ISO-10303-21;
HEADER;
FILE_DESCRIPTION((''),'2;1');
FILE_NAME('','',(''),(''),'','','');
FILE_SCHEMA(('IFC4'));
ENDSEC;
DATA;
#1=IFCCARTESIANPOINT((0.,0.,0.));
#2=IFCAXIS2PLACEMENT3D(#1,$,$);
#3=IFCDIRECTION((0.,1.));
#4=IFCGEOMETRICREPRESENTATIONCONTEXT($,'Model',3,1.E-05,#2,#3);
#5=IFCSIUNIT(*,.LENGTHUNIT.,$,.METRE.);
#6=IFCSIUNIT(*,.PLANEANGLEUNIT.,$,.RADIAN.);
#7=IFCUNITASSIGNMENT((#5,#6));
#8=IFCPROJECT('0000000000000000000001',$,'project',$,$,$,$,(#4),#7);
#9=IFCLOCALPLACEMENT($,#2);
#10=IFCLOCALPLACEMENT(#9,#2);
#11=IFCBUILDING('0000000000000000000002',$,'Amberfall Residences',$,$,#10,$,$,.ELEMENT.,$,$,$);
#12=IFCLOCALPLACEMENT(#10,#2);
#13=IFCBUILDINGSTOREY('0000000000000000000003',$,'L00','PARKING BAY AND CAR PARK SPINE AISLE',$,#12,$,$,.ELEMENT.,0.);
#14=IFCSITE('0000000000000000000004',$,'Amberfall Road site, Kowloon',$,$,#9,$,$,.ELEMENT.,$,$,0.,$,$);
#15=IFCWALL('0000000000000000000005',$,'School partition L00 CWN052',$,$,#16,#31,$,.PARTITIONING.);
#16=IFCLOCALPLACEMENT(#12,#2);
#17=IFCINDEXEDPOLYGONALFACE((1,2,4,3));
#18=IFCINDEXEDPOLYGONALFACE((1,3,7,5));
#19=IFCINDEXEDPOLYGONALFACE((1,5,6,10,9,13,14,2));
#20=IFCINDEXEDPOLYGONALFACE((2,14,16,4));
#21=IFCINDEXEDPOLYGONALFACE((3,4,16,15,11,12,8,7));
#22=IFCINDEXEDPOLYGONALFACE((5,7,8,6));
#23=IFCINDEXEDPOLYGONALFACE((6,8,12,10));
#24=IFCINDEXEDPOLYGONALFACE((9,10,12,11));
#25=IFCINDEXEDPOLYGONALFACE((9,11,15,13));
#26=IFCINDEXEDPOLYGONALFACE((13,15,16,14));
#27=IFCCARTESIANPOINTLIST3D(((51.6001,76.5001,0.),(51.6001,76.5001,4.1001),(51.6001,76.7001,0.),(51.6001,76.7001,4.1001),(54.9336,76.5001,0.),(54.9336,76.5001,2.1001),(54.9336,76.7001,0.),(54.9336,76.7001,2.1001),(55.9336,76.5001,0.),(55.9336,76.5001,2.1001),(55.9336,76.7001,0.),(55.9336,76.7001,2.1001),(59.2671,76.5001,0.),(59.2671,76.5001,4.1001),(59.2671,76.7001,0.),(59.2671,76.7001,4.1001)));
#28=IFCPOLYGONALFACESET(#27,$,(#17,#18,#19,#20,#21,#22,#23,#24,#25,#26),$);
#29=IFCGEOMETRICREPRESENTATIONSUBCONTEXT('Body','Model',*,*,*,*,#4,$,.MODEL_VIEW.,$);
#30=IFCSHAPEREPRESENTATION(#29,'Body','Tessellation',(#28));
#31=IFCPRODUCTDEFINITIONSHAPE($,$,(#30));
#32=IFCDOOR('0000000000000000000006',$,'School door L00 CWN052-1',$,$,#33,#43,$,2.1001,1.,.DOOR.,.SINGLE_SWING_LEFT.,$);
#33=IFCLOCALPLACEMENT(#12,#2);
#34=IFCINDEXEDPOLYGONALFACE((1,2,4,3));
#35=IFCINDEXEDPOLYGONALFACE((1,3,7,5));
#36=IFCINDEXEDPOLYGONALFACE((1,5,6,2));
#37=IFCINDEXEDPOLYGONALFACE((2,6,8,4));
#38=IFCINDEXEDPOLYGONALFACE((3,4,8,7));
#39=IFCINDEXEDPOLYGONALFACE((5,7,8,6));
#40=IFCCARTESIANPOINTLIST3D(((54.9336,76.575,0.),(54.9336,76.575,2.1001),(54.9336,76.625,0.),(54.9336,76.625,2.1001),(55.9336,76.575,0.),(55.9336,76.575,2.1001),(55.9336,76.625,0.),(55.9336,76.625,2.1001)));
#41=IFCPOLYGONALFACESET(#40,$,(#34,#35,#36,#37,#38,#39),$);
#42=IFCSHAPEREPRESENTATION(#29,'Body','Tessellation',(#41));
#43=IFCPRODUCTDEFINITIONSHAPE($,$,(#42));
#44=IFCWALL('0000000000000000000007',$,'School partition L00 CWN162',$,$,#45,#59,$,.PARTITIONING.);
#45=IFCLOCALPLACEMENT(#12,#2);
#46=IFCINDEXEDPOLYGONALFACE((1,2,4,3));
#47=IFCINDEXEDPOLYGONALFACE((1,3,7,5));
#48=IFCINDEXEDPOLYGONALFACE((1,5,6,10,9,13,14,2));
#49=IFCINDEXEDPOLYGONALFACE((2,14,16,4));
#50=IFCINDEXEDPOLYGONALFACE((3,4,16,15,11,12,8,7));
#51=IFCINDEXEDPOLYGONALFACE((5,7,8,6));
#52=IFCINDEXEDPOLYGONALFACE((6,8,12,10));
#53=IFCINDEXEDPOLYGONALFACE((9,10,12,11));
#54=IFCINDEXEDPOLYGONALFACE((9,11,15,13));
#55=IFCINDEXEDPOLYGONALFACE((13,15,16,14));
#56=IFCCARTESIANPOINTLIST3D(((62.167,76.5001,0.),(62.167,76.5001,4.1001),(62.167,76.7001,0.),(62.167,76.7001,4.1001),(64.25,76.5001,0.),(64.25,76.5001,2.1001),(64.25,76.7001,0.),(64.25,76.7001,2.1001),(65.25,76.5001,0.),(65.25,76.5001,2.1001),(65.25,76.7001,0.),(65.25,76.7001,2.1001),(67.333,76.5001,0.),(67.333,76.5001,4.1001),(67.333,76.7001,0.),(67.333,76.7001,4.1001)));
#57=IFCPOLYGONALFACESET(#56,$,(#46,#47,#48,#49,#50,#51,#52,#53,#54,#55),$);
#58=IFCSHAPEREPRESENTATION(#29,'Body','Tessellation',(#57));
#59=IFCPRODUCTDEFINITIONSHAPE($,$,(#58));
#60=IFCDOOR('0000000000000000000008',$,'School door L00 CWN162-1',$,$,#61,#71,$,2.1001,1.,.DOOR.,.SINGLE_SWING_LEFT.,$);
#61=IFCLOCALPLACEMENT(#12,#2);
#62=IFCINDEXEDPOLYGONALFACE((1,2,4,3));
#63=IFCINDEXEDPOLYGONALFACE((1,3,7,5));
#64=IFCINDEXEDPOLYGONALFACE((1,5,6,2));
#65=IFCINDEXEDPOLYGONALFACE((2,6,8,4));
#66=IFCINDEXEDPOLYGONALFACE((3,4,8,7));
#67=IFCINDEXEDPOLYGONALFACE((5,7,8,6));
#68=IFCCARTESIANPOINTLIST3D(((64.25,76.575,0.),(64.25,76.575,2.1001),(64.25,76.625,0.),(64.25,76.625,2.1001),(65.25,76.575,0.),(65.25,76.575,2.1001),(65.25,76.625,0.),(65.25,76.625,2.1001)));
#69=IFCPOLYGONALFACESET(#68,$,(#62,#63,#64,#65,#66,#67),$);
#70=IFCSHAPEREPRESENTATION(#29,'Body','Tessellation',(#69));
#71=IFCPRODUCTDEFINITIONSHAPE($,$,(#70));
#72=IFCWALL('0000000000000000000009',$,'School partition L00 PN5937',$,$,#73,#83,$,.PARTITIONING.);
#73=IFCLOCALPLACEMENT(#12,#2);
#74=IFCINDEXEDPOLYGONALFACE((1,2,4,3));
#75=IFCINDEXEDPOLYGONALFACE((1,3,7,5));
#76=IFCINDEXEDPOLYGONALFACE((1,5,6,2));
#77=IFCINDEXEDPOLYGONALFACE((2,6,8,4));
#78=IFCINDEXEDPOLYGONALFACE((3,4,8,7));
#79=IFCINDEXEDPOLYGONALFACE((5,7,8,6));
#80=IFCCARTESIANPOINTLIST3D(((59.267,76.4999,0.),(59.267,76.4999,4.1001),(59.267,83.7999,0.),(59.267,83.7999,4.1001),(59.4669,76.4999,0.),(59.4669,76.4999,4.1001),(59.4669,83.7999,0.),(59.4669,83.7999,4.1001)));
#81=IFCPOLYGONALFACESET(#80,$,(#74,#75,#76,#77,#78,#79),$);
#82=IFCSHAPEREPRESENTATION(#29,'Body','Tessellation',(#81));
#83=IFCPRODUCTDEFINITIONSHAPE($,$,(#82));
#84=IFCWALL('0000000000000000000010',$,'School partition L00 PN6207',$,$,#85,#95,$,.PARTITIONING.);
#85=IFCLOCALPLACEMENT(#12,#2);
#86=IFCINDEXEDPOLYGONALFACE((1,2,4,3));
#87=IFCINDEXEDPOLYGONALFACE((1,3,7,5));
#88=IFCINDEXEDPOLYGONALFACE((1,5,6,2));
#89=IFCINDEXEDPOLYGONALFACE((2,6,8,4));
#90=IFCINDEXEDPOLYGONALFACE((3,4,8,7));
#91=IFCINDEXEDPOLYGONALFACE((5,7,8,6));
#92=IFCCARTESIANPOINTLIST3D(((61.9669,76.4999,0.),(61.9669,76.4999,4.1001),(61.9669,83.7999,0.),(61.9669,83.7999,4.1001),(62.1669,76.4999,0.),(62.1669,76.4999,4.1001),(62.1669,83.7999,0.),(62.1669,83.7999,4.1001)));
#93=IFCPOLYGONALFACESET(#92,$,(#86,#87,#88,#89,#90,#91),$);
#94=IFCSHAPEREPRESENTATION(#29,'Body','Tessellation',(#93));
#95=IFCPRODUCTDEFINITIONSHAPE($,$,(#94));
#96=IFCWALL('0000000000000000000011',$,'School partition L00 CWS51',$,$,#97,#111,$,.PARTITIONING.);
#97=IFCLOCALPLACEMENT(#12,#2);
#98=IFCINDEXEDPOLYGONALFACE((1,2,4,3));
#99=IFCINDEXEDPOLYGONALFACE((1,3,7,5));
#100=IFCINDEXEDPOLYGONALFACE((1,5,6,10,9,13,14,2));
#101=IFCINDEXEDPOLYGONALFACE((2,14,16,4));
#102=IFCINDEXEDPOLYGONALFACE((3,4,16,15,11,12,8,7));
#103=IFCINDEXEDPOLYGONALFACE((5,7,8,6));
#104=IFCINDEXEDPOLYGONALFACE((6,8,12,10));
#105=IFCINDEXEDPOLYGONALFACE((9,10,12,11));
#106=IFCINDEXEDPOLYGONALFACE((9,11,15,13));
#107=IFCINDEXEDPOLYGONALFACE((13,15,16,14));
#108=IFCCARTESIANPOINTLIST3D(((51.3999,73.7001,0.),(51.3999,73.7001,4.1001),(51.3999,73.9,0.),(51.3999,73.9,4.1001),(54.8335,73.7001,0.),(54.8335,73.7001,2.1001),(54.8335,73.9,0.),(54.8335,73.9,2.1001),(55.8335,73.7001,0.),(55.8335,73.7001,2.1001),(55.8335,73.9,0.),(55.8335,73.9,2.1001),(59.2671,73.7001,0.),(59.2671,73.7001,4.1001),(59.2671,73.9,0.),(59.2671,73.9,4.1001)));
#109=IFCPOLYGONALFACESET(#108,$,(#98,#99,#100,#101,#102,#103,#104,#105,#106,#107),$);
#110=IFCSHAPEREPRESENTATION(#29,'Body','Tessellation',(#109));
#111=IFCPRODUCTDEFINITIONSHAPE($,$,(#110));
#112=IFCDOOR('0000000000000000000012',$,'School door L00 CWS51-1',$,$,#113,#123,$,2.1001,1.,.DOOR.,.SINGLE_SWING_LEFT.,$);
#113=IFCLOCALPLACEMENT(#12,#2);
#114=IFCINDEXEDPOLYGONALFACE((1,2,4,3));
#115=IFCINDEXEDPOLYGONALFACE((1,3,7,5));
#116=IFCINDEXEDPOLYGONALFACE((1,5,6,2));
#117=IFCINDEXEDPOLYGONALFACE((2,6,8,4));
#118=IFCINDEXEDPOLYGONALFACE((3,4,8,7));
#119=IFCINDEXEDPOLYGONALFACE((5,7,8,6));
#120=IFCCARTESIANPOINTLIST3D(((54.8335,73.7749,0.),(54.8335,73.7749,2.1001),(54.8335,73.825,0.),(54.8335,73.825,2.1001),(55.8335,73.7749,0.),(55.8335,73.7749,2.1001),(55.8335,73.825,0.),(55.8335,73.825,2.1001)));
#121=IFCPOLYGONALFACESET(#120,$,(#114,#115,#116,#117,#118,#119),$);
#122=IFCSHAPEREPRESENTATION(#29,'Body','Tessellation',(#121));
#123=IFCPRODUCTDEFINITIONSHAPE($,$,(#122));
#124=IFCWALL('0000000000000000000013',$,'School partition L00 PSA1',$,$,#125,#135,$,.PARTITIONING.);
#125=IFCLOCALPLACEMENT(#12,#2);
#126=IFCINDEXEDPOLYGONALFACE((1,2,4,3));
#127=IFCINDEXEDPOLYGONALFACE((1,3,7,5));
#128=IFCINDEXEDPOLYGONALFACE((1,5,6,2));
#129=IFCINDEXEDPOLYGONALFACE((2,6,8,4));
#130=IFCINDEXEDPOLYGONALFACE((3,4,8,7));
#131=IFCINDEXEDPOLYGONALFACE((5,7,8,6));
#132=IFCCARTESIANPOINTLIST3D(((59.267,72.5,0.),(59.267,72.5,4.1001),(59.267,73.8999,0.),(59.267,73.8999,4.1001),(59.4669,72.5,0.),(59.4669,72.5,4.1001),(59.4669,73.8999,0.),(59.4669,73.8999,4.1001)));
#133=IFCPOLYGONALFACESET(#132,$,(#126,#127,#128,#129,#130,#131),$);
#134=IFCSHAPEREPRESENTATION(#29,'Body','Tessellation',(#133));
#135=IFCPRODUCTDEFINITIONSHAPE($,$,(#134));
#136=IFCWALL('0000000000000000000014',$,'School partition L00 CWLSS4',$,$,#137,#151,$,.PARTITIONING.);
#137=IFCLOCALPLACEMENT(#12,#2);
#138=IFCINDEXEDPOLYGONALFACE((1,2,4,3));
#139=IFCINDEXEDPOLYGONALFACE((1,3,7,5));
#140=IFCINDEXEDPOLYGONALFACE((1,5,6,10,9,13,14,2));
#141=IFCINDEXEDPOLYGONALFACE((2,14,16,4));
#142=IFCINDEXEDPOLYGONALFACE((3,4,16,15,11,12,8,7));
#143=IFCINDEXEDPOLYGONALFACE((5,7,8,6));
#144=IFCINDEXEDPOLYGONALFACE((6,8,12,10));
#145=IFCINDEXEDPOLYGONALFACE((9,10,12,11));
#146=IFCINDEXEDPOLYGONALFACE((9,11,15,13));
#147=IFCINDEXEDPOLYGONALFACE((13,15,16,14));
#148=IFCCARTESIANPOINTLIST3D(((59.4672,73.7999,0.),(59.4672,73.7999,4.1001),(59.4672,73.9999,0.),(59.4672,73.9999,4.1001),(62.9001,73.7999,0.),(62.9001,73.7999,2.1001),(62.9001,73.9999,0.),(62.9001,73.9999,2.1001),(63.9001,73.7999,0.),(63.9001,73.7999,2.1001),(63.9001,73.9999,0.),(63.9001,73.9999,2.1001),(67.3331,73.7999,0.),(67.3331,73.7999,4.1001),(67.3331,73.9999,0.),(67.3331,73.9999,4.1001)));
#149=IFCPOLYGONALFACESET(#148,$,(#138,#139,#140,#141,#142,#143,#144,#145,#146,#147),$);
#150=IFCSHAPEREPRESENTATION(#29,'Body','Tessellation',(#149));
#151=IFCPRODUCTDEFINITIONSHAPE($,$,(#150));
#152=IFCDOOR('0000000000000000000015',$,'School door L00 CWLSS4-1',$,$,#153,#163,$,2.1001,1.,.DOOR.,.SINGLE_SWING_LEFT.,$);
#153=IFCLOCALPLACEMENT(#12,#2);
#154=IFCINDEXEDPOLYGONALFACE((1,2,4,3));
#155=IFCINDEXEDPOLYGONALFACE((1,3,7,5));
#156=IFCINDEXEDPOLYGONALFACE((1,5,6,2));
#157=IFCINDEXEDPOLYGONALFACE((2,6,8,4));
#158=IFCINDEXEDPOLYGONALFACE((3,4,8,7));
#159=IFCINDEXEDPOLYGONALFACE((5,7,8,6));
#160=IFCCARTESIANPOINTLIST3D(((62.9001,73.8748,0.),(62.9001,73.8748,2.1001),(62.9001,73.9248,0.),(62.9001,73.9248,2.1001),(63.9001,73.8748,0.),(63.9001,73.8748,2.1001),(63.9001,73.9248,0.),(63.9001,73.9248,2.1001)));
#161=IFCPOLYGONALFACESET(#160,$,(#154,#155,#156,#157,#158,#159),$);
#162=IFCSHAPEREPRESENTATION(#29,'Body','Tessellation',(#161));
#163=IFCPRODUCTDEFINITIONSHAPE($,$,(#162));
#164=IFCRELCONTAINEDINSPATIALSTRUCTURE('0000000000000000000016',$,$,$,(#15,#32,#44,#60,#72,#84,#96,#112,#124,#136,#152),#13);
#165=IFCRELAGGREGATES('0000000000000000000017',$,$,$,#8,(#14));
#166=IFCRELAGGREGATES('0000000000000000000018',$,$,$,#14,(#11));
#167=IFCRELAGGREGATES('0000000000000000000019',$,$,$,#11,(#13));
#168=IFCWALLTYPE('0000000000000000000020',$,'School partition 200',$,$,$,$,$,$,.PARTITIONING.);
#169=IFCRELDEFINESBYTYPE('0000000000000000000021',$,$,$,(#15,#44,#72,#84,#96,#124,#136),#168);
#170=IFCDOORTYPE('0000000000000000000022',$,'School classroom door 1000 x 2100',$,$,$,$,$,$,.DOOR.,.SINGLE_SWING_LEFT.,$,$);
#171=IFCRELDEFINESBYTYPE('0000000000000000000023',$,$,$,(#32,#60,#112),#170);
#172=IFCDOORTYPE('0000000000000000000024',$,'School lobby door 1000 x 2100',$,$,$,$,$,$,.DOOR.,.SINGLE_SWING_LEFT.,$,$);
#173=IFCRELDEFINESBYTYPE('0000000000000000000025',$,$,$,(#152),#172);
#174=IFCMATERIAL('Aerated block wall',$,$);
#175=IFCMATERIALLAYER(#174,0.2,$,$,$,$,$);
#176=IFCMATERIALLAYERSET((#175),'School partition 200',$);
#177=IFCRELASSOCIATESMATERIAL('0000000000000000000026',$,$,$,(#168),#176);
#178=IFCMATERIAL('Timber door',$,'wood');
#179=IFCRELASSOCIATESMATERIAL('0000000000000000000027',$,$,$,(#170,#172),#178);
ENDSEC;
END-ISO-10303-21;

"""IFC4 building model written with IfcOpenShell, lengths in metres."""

from ifc_helpers import new_model, si_unit, direction, frame, frame_2d, origin, place, context, subcontext, project, spatial, rectangle, extrude, material, layer, layer_set, type_object, element, fill, save


model = new_model("IFC4")

# Units and contexts
model_context = context("Model", 3, precision=1e-05, world=origin(), true_north=direction((0.0, 1.0)))
body_context = subcontext(model_context, "Body", "Model", "MODEL_VIEW")
ifc_project = project(units=[si_unit("LENGTHUNIT", "METRE"), si_unit("PLANEANGLEUNIT", "RADIAN")], contexts=[model_context])

# Site, building, storey
site_placement = place(None, origin())
site = spatial("IfcSite", under=ifc_project, at=site_placement, Name="Amberfall Road site, Kowloon", CompositionType="ELEMENT", RefElevation=0.0)
building_placement = place(site_placement, origin())
building = spatial("IfcBuilding", under=site, at=building_placement, Name="Amberfall Residences", CompositionType="ELEMENT")
storey_placement = place(building_placement, origin())
storey = spatial("IfcBuildingStorey", under=building, at=storey_placement, Name="L00", Description="PARKING BAY AND CAR PARK SPINE AISLE", CompositionType="ELEMENT", Elevation=0.0)

# Shared definitions
ifc_material_1 = material(Name="Aerated block wall")

# Shared definitions
ifc_material_2 = material(Name="Timber door", Category="wood")

# Shared definitions
ifc_layer_1 = layer(ifc_material_1, 0.2)
ifc_layer_set_1 = layer_set([ifc_layer_1], Name="School partition 200")
wall_type_1 = type_object("IfcWallType", Name="School partition 200", PredefinedType="PARTITIONING", material=ifc_layer_set_1)

# Walls, openings, doors
wall_1_placement = place(storey_placement, frame((51.6001, 76.6001, 0.0), z_axis=(0.0, 0.0, 1.0), x_axis=(1.0, 0.0, 0.0)))
wall_1 = element("IfcWall", 1, at=wall_1_placement, inside=storey, type_object=wall_type_1, Name="School partition L00 CWN052", PredefinedType="PARTITIONING", context=body_context, shape_type="SweptSolid", body=[
    extrude(rectangle(XDim=7.667, YDim=0.2, at=frame_2d((3.8335, 0.0))), origin(), (0.0, 0.0, 1.0), 4.1001),
])
opening_1_placement = place(wall_1_placement, frame((3.3335, 0.0, 0.0)))
opening_1 = element("IfcOpeningElement", 2, at=opening_1_placement, cuts=wall_1, PredefinedType="OPENING", context=body_context, shape_type="SweptSolid", body=[
    extrude(rectangle(XDim=1.0, YDim=2.1001, at=frame_2d((0.5, 1.05))), frame((0.0, 0.1099, 0.0), z_axis=(0.0, -1.0, 0.0), x_axis=(1.0, 0.0, 0.0)), (0.0, 0.0, 1.0), 0.22),
])
door_type_1 = type_object("IfcDoorType", Name="School classroom door 1000 x 2100", OperationType="SINGLE_SWING_LEFT", PredefinedType="DOOR", material=ifc_material_2)
door_1_placement = place(opening_1_placement, origin())
door_1 = element("IfcDoor", 3, at=door_1_placement, inside=storey, type_object=door_type_1, Name="School door L00 CWN052-1", OperationType="SINGLE_SWING_LEFT", OverallHeight=2.1001, OverallWidth=1.0, PredefinedType="DOOR", context=body_context, shape_type="SweptSolid", body=[
    extrude(rectangle(XDim=1.0, YDim=2.1001, at=frame_2d((0.5, 1.05))), frame((0.0, 0.0249, 0.0), z_axis=(0.0, -1.0, 0.0), x_axis=(1.0, 0.0, 0.0)), (0.0, 0.0, 1.0), 0.05),
])
fill(opening_1, door_1)
wall_2_placement = place(storey_placement, frame((62.167, 76.6001, 0.0), z_axis=(0.0, 0.0, 1.0), x_axis=(1.0, 0.0, 0.0)))
wall_2 = element("IfcWall", 4, at=wall_2_placement, inside=storey, type_object=wall_type_1, Name="School partition L00 CWN162", PredefinedType="PARTITIONING", context=body_context, shape_type="SweptSolid", body=[
    extrude(rectangle(XDim=5.166, YDim=0.2, at=frame_2d((2.583, 0.0))), origin(), (0.0, 0.0, 1.0), 4.1001),
])
opening_2_placement = place(wall_2_placement, frame((2.083, 0.0, 0.0)))
opening_2 = element("IfcOpeningElement", 5, at=opening_2_placement, cuts=wall_2, PredefinedType="OPENING", context=body_context, shape_type="SweptSolid", body=[
    extrude(rectangle(XDim=1.0, YDim=2.1001, at=frame_2d((0.5, 1.05))), frame((0.0, 0.1099, 0.0), z_axis=(0.0, -1.0, 0.0), x_axis=(1.0, 0.0, 0.0)), (0.0, 0.0, 1.0), 0.22),
])
door_2_placement = place(opening_2_placement, origin())
door_2 = element("IfcDoor", 6, at=door_2_placement, inside=storey, type_object=door_type_1, Name="School door L00 CWN162-1", OperationType="SINGLE_SWING_LEFT", OverallHeight=2.1001, OverallWidth=1.0, PredefinedType="DOOR", context=body_context, shape_type="SweptSolid", body=[
    extrude(rectangle(XDim=1.0, YDim=2.1001, at=frame_2d((0.5, 1.05))), frame((0.0, 0.0249, 0.0), z_axis=(0.0, -1.0, 0.0), x_axis=(1.0, 0.0, 0.0)), (0.0, 0.0, 1.0), 0.05),
])
fill(opening_2, door_2)

# Walls
for number, where, z_axis, x_axis, name in (
    (7, (59.3669, 76.5, 0.0), (0.0, 0.0, 1.0), (0.0, 1.0, 0.0), "School partition L00 PN5937"),
    (8, (62.0669, 76.5, 0.0), (0.0, 0.0, 1.0), (0.0, 1.0, 0.0), "School partition L00 PN6207"),
):
    element("IfcWall", number, at=place(storey_placement, frame(where, z_axis=z_axis, x_axis=x_axis)), inside=storey, type_object=wall_type_1, Name=name, PredefinedType="PARTITIONING", context=body_context, shape_type="SweptSolid", body=[
        extrude(rectangle(XDim=7.3, YDim=0.2, at=frame_2d((3.6499, 0.0))), origin(), (0.0, 0.0, 1.0), 4.1001),
    ])

# Wall, opening, door
wall_3_placement = place(storey_placement, frame((51.3999, 73.8, 0.0), z_axis=(0.0, 0.0, 1.0), x_axis=(1.0, 0.0, 0.0)))
wall_3 = element("IfcWall", 9, at=wall_3_placement, inside=storey, type_object=wall_type_1, Name="School partition L00 CWS51", PredefinedType="PARTITIONING", context=body_context, shape_type="SweptSolid", body=[
    extrude(rectangle(XDim=7.8672, YDim=0.2, at=frame_2d((3.9336, 0.0))), origin(), (0.0, 0.0, 1.0), 4.1001),
])
opening_3_placement = place(wall_3_placement, frame((3.4336, 0.0, 0.0)))
opening_3 = element("IfcOpeningElement", 10, at=opening_3_placement, cuts=wall_3, PredefinedType="OPENING", context=body_context, shape_type="SweptSolid", body=[
    extrude(rectangle(XDim=1.0, YDim=2.1001, at=frame_2d((0.5, 1.05))), frame((0.0, 0.1099, 0.0), z_axis=(0.0, -1.0, 0.0), x_axis=(1.0, 0.0, 0.0)), (0.0, 0.0, 1.0), 0.22),
])
door_3_placement = place(opening_3_placement, origin())
door_3 = element("IfcDoor", 11, at=door_3_placement, inside=storey, type_object=door_type_1, Name="School door L00 CWS51-1", OperationType="SINGLE_SWING_LEFT", OverallHeight=2.1001, OverallWidth=1.0, PredefinedType="DOOR", context=body_context, shape_type="SweptSolid", body=[
    extrude(rectangle(XDim=1.0, YDim=2.1001, at=frame_2d((0.5, 1.05))), frame((0.0, 0.0249, 0.0), z_axis=(0.0, -1.0, 0.0), x_axis=(1.0, 0.0, 0.0)), (0.0, 0.0, 1.0), 0.05),
])
fill(opening_3, door_3)

# Wall
wall_4_placement = place(storey_placement, frame((59.3669, 72.5, 0.0), z_axis=(0.0, 0.0, 1.0), x_axis=(0.0, 1.0, 0.0)))
element("IfcWall", 12, at=wall_4_placement, inside=storey, type_object=wall_type_1, Name="School partition L00 PSA1", PredefinedType="PARTITIONING", context=body_context, shape_type="SweptSolid", body=[
    extrude(rectangle(XDim=1.3999, YDim=0.2, at=frame_2d((0.7, 0.0))), origin(), (0.0, 0.0, 1.0), 4.1001),
])

# Wall, opening, door
wall_5_placement = place(storey_placement, frame((59.467, 73.8999, 0.0), z_axis=(0.0, 0.0, 1.0), x_axis=(1.0, 0.0, 0.0)))
wall_5 = element("IfcWall", 13, at=wall_5_placement, inside=storey, type_object=wall_type_1, Name="School partition L00 CWLSS4", PredefinedType="PARTITIONING", context=body_context, shape_type="SweptSolid", body=[
    extrude(rectangle(XDim=7.866, YDim=0.2, at=frame_2d((3.9331, 0.0))), origin(), (0.0, 0.0, 1.0), 4.1001),
])
opening_4_placement = place(wall_5_placement, frame((3.4331, 0.0, 0.0)))
opening_4 = element("IfcOpeningElement", 14, at=opening_4_placement, cuts=wall_5, PredefinedType="OPENING", context=body_context, shape_type="SweptSolid", body=[
    extrude(rectangle(XDim=1.0, YDim=2.1001, at=frame_2d((0.5, 1.05))), frame((0.0, 0.1099, 0.0), z_axis=(0.0, -1.0, 0.0), x_axis=(1.0, 0.0, 0.0)), (0.0, 0.0, 1.0), 0.22),
])
door_type_2 = type_object("IfcDoorType", Name="School lobby door 1000 x 2100", OperationType="SINGLE_SWING_LEFT", PredefinedType="DOOR", material=ifc_material_2)
door_4_placement = place(opening_4_placement, origin())
door_4 = element("IfcDoor", 15, at=door_4_placement, inside=storey, type_object=door_type_2, Name="School door L00 CWLSS4-1", OperationType="SINGLE_SWING_LEFT", OverallHeight=2.1001, OverallWidth=1.0, PredefinedType="DOOR", context=body_context, shape_type="SweptSolid", body=[
    extrude(rectangle(XDim=1.0, YDim=2.1001, at=frame_2d((0.5, 1.05))), frame((0.0, 0.0249, 0.0), z_axis=(0.0, -1.0, 0.0), x_axis=(1.0, 0.0, 0.0)), (0.0, 0.0, 1.0), 0.05),
])
fill(opening_4, door_4)

save(model, "model.ifc")
